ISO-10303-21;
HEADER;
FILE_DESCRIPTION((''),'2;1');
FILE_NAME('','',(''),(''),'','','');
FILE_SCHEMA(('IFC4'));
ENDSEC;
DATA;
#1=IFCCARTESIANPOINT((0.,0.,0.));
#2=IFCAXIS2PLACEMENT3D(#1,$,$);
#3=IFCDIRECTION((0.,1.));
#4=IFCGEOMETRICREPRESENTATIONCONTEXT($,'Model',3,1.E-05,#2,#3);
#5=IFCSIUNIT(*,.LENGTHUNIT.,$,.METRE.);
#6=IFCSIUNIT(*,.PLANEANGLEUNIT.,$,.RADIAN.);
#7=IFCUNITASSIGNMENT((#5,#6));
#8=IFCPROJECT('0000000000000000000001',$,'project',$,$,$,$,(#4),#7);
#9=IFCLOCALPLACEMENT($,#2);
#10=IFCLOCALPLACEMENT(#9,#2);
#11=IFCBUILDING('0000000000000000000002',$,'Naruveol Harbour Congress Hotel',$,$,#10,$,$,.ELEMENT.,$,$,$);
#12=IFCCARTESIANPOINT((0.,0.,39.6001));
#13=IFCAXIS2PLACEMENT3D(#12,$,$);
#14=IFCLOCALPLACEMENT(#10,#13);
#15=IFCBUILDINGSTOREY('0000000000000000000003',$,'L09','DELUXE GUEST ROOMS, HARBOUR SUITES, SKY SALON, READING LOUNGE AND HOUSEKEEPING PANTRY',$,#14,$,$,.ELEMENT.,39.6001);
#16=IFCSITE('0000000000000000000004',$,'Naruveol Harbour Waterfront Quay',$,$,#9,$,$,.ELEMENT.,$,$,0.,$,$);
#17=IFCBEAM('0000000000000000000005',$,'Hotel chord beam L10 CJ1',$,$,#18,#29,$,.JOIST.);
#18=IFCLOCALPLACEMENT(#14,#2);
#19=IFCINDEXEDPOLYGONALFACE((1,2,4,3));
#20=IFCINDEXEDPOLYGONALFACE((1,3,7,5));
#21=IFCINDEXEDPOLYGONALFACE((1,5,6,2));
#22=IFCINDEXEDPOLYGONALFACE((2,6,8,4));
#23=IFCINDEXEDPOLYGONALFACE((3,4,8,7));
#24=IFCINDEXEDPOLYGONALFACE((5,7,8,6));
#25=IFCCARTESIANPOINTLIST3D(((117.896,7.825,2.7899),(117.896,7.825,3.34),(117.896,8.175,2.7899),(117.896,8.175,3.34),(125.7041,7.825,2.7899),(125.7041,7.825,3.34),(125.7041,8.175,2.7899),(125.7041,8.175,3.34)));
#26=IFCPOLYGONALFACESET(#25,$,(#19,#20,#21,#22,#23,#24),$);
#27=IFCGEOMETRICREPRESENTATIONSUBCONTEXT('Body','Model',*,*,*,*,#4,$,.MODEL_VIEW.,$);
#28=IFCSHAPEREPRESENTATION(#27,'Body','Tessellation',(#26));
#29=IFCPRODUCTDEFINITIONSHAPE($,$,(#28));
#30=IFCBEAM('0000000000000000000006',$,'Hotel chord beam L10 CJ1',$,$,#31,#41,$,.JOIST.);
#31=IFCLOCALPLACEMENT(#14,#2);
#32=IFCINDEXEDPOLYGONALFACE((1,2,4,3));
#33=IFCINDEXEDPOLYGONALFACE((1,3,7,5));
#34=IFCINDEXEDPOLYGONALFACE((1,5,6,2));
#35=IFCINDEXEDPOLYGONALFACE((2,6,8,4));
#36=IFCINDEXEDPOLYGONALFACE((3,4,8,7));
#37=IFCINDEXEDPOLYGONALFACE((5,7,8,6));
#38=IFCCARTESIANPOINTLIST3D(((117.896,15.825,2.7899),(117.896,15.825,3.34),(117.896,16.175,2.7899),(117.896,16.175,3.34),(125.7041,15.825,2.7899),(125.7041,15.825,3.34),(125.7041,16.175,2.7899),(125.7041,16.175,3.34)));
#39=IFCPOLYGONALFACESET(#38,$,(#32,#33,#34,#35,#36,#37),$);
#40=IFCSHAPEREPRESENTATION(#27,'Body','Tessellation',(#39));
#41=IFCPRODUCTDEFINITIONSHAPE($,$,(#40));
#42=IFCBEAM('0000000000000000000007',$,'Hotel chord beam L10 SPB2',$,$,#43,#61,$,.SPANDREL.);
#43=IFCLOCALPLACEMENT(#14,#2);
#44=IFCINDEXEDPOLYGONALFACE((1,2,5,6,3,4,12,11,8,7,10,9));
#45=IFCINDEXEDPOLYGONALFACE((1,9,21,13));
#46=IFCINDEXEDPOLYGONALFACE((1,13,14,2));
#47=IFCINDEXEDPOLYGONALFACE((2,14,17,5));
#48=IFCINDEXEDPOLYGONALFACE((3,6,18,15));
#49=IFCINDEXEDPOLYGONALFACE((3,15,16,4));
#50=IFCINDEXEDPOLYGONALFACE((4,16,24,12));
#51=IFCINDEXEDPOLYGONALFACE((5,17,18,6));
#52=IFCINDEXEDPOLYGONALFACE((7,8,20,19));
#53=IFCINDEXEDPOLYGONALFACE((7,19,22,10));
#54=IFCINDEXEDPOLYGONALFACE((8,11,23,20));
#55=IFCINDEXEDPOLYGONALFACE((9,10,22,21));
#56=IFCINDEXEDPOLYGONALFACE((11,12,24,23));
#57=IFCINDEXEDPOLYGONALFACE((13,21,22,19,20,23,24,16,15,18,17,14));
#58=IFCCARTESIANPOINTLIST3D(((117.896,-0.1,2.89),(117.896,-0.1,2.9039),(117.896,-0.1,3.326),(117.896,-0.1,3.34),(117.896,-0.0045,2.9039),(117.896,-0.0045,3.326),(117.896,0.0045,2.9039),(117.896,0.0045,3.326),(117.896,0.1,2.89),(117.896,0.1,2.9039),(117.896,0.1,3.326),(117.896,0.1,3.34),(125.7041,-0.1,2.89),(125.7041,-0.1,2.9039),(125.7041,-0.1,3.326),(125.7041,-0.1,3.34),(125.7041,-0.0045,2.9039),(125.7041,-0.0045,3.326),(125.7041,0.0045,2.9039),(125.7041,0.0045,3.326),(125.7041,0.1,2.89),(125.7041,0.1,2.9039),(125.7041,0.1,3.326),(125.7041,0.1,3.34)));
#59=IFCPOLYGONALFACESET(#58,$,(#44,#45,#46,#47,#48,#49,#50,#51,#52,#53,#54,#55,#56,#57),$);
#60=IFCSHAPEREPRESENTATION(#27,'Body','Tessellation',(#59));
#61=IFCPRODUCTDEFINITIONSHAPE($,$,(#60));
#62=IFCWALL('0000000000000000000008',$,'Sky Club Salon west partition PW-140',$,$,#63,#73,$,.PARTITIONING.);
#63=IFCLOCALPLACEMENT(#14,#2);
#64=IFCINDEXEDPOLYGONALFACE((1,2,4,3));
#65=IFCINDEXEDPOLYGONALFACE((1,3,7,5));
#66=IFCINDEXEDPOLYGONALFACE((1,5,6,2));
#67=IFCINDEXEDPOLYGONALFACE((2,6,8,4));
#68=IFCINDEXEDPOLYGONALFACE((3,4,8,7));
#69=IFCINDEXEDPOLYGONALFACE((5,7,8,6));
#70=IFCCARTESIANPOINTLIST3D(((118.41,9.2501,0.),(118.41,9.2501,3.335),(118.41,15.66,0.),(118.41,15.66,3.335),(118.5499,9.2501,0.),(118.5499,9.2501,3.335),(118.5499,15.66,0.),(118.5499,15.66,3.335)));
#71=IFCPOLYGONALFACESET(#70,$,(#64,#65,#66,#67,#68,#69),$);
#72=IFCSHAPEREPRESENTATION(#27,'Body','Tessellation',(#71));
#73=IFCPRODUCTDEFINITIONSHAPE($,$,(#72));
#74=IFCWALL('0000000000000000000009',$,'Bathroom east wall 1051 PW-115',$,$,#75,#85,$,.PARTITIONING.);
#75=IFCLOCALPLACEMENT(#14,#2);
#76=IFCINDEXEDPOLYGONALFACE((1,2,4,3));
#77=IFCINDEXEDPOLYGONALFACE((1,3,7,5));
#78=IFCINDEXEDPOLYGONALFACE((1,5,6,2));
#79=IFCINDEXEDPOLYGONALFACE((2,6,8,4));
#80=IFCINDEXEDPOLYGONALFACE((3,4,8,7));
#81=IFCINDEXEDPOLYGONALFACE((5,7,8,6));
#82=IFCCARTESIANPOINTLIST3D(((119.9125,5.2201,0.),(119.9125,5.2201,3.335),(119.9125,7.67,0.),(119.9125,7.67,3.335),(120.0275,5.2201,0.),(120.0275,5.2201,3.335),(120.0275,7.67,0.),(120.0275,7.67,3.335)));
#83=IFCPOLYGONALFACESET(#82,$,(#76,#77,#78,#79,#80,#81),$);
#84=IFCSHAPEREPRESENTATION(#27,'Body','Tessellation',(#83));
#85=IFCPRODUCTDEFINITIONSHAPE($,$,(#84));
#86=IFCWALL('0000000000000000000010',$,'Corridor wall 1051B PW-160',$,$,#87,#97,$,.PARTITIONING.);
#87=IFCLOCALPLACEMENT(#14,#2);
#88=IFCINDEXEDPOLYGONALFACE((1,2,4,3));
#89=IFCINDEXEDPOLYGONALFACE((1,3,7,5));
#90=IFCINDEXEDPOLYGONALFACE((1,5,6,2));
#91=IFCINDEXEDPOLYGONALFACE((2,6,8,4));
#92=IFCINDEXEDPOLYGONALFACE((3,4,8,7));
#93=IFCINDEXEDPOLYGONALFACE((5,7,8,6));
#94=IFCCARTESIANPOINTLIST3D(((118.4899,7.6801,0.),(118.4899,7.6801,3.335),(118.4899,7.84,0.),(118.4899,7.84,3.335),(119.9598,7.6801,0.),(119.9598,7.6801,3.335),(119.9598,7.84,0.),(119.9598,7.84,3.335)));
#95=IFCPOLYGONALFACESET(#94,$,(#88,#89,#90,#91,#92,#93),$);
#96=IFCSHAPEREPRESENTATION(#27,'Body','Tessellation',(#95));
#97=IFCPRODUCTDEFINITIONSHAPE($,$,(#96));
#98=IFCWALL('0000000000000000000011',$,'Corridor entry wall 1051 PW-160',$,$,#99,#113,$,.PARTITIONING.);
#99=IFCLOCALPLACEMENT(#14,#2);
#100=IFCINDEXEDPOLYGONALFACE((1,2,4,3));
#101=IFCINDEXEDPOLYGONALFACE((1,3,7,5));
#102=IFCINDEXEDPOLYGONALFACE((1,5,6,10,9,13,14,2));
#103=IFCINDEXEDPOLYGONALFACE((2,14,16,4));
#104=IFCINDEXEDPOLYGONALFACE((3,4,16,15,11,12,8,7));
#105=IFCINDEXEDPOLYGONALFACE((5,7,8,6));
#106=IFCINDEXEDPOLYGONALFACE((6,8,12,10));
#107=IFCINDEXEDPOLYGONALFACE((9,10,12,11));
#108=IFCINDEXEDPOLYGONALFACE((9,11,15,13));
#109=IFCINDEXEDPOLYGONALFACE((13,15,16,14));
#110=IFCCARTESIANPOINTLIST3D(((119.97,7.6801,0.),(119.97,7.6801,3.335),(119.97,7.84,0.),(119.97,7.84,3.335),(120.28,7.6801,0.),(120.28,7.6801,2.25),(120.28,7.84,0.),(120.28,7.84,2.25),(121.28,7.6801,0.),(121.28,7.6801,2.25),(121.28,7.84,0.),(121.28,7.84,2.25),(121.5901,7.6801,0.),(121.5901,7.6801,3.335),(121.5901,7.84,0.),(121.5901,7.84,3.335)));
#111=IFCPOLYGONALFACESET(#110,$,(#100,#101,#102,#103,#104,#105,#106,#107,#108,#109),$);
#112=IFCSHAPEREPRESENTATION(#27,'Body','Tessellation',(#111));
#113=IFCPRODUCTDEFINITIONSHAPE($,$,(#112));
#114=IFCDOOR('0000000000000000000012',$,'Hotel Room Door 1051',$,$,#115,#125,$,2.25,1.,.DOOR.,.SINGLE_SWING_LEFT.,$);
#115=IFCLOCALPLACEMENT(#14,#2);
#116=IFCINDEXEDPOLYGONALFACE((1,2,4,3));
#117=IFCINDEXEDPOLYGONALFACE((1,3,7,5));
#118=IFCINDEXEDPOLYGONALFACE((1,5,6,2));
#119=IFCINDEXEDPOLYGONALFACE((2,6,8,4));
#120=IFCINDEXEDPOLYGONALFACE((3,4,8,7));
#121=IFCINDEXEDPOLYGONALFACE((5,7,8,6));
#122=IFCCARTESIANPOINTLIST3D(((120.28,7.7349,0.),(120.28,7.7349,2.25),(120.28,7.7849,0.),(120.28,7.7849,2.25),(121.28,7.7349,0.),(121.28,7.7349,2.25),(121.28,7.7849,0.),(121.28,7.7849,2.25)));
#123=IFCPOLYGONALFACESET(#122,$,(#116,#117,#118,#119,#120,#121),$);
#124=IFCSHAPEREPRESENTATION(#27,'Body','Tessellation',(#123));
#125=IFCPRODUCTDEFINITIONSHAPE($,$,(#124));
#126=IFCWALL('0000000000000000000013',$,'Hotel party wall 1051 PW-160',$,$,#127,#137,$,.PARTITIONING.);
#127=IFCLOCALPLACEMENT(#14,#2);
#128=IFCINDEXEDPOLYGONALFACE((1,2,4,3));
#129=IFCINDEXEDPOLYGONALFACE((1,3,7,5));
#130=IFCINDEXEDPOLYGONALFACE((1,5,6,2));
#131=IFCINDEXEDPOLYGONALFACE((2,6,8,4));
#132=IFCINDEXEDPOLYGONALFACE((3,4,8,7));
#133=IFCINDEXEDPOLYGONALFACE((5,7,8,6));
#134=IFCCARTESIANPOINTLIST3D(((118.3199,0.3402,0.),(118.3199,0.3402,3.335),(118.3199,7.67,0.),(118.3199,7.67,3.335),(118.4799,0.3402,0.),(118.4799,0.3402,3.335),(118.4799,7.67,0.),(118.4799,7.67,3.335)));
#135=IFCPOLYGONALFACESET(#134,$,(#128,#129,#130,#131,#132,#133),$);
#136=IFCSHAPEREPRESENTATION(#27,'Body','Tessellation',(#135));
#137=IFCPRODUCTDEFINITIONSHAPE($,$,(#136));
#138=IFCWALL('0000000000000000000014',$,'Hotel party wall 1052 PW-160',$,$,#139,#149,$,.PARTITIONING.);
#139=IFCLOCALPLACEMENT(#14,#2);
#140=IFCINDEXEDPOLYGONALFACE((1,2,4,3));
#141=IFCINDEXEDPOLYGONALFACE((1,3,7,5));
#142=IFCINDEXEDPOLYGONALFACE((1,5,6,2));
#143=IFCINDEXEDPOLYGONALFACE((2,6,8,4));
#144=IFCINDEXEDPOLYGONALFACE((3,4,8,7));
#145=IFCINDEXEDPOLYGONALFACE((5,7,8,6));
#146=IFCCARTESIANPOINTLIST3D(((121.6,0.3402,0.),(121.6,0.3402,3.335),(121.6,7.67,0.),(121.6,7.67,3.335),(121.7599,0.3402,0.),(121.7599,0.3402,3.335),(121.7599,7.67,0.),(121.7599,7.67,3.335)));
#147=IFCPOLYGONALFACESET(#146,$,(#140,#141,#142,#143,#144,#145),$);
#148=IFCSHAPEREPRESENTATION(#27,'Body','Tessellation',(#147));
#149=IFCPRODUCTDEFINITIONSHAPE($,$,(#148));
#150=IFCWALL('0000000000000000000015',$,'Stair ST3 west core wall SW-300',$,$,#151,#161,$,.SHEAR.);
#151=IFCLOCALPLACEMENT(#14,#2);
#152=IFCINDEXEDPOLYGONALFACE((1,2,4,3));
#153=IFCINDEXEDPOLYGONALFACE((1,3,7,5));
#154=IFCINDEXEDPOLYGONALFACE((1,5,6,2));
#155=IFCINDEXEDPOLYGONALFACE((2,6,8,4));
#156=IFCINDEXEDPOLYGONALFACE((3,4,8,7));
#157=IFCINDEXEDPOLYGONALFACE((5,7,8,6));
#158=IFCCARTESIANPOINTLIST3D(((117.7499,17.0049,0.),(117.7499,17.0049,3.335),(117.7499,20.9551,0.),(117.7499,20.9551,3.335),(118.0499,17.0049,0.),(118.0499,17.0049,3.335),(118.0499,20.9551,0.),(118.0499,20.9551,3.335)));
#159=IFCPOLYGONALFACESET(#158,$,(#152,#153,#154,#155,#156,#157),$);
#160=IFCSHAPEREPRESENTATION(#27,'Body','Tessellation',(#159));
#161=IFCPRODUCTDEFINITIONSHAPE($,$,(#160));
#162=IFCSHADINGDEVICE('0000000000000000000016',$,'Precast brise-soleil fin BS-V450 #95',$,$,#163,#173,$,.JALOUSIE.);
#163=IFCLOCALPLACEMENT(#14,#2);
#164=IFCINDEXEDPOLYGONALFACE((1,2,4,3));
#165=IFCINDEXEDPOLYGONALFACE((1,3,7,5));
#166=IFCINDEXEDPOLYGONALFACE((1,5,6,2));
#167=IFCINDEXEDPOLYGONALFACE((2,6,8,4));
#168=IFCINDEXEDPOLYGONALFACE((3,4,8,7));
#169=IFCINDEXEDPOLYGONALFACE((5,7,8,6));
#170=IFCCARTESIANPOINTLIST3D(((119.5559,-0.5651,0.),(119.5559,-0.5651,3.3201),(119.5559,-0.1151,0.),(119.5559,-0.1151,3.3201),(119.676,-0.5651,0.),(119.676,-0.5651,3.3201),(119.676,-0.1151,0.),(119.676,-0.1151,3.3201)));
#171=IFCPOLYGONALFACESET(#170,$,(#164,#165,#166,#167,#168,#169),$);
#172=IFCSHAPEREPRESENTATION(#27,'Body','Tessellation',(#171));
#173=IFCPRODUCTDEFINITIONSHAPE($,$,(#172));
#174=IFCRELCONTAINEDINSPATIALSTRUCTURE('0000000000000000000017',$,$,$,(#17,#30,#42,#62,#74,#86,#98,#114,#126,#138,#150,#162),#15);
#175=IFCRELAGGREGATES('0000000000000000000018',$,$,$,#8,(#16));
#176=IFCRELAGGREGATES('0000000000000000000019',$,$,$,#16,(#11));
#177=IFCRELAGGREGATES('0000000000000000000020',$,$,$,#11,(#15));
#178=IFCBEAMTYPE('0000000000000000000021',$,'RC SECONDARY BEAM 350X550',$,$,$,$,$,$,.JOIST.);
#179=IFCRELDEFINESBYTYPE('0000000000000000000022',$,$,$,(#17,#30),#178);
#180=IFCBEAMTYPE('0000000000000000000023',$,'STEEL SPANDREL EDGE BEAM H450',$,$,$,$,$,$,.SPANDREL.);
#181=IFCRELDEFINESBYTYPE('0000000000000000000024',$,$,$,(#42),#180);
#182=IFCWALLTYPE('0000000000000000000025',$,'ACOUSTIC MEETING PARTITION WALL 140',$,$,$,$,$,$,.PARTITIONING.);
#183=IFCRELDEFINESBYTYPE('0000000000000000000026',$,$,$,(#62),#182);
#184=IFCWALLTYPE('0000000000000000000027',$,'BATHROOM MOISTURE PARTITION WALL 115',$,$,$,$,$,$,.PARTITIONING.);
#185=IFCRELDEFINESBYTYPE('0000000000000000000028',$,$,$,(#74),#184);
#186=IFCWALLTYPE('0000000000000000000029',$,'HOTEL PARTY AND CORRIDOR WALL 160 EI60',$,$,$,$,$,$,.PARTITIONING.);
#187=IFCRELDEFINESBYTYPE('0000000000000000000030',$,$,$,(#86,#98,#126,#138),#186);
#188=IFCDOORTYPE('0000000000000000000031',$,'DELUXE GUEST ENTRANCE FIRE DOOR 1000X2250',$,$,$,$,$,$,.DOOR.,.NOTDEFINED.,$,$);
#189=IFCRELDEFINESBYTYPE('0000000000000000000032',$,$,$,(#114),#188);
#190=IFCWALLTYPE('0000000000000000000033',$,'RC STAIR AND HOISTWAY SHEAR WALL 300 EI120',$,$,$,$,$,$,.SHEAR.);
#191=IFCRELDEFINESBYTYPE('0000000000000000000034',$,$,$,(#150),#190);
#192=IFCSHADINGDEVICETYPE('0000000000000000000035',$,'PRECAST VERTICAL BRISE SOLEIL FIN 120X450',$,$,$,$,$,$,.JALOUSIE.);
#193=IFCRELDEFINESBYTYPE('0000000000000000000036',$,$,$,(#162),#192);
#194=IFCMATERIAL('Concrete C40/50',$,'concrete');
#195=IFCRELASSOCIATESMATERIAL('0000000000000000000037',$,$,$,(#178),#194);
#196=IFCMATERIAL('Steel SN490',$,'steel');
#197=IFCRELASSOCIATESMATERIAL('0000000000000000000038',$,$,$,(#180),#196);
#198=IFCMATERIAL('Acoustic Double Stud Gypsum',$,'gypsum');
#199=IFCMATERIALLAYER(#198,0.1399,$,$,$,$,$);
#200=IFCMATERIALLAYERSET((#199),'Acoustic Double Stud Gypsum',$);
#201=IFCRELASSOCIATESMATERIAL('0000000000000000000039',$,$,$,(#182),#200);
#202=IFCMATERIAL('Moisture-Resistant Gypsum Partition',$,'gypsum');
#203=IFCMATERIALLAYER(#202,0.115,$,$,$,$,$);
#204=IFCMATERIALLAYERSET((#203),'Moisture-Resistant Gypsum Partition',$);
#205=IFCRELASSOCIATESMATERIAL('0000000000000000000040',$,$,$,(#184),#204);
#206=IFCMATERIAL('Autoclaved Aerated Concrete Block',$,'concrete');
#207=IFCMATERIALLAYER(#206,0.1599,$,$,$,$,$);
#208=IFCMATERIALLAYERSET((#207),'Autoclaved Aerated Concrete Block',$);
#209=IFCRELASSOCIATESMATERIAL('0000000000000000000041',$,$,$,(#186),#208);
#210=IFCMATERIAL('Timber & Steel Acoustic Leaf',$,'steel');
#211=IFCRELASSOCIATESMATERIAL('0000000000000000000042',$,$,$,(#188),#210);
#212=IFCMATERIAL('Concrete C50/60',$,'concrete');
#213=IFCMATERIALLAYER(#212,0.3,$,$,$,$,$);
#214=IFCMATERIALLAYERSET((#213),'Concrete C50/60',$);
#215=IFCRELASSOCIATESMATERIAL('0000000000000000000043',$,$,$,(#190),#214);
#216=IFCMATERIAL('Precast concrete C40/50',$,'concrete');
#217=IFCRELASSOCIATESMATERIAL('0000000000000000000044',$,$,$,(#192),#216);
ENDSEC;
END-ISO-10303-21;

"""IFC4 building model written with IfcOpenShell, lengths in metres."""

from ifc_helpers import new_model, si_unit, direction, frame, frame_2d, origin, origin_2d, place, context, subcontext, project, spatial, rectangle, i_section, extrude, material, layer, layer_set, material_profile, profile_set, type_object, element, fill, save


model = new_model("IFC4")

# Units and contexts
model_context = context("Model", 3, precision=1e-05, world=origin(), true_north=direction((0.0, 1.0)))
body_context = subcontext(model_context, "Body", "Model", "MODEL_VIEW")
ifc_project = project(units=[si_unit("LENGTHUNIT", "METRE"), si_unit("PLANEANGLEUNIT", "RADIAN")], contexts=[model_context])

# Site, building, storey
site_placement = place(None, origin())
site = spatial("IfcSite", under=ifc_project, at=site_placement, Name="Naruveol Harbour Waterfront Quay", CompositionType="ELEMENT", RefElevation=0.0)
building_placement = place(site_placement, origin())
building = spatial("IfcBuilding", under=site, at=building_placement, Name="Naruveol Harbour Congress Hotel", CompositionType="ELEMENT")
storey_placement = place(building_placement, frame((0.0, 0.0, 39.6001)))
storey = spatial("IfcBuildingStorey", under=building, at=storey_placement, Name="L09", Description="DELUXE GUEST ROOMS, HARBOUR SUITES, SKY SALON, READING LOUNGE AND HOUSEKEEPING PANTRY", CompositionType="ELEMENT", Elevation=39.6001)

# Beams
ifc_material_1 = material(Name="Concrete C40/50", Category="concrete")
ifc_material_profile_1 = material_profile(ifc_material_1, rectangle(XDim=0.3501, YDim=0.55, at=origin_2d()), Name="RCB-350x550")
ifc_profile_set_1 = profile_set([ifc_material_profile_1], Name="Concrete C40/50")
beam_type_1 = type_object("IfcBeamType", Name="RC SECONDARY BEAM 350X550", PredefinedType="JOIST", material=ifc_profile_set_1)
for number, where, z_axis, x_axis, name in (
    (1, (117.896, 8.0, 3.0649), (1.0, 0.0, 0.0), (0.0, 1.0, 0.0), "Hotel chord beam L10 CJ1"),
    (2, (117.896, 16.0, 3.0649), (1.0, 0.0, 0.0), (0.0, 1.0, 0.0), "Hotel chord beam L10 CJ1"),
):
    element("IfcBeam", number, at=place(storey_placement, frame(where, z_axis=z_axis, x_axis=x_axis)), inside=storey, type_object=beam_type_1, Name=name, PredefinedType="JOIST", context=body_context, shape_type="SweptSolid", body=[
        extrude(rectangle(XDim=0.3501, YDim=0.55, at=origin_2d()), origin(), (0.0, 0.0, 1.0), 7.8081),
    ])
ifc_material_2 = material(Name="Steel SN490", Category="steel")
ifc_material_profile_2 = material_profile(ifc_material_2, i_section(OverallWidth=0.2, OverallDepth=0.45, WebThickness=0.009, FlangeThickness=0.0139, at=origin_2d()), Name="H-450x200x9x14")
ifc_profile_set_2 = profile_set([ifc_material_profile_2], Name="Steel SN490")
beam_type_2 = type_object("IfcBeamType", Name="STEEL SPANDREL EDGE BEAM H450", PredefinedType="SPANDREL", material=ifc_profile_set_2)
beam_placement = place(storey_placement, frame((117.896, 0.0, 3.115), z_axis=(1.0, 0.0, 0.0), x_axis=(0.0, 1.0, 0.0)))
element("IfcBeam", 3, at=beam_placement, inside=storey, type_object=beam_type_2, Name="Hotel chord beam L10 SPB2", PredefinedType="SPANDREL", context=body_context, shape_type="SweptSolid", body=[
    extrude(i_section(OverallWidth=0.2, OverallDepth=0.45, WebThickness=0.009, FlangeThickness=0.0139, at=origin_2d()), origin(), (0.0, 0.0, 1.0), 7.8081),
])

# Shared definitions
ifc_material_3 = material(Name="Acoustic Double Stud Gypsum", Category="gypsum")
ifc_layer_1 = layer(ifc_material_3, 0.1399)
ifc_layer_set_1 = layer_set([ifc_layer_1], Name="Acoustic Double Stud Gypsum")
wall_type_1 = type_object("IfcWallType", Name="ACOUSTIC MEETING PARTITION WALL 140", PredefinedType="PARTITIONING", material=ifc_layer_set_1)

# Walls
wall_1_placement = place(storey_placement, frame((118.48, 9.25, 0.0), z_axis=(0.0, 0.0, 1.0), x_axis=(0.0, 1.0, 0.0)))
element("IfcWall", 4, at=wall_1_placement, inside=storey, type_object=wall_type_1, Name="Sky Club Salon west partition PW-140", PredefinedType="PARTITIONING", context=body_context, shape_type="SweptSolid", body=[
    extrude(rectangle(XDim=6.4099, YDim=0.1399, at=frame_2d((3.2051, 0.0))), origin(), (0.0, 0.0, 1.0), 3.335),
])
ifc_material_4 = material(Name="Moisture-Resistant Gypsum Partition", Category="gypsum")
ifc_layer_2 = layer(ifc_material_4, 0.115)
ifc_layer_set_2 = layer_set([ifc_layer_2], Name="Moisture-Resistant Gypsum Partition")
wall_type_2 = type_object("IfcWallType", Name="BATHROOM MOISTURE PARTITION WALL 115", PredefinedType="PARTITIONING", material=ifc_layer_set_2)
wall_2_placement = place(storey_placement, frame((119.97, 5.22, 0.0), z_axis=(0.0, 0.0, 1.0), x_axis=(0.0, 1.0, 0.0)))
element("IfcWall", 5, at=wall_2_placement, inside=storey, type_object=wall_type_2, Name="Bathroom east wall 1051 PW-115", PredefinedType="PARTITIONING", context=body_context, shape_type="SweptSolid", body=[
    extrude(rectangle(XDim=2.45, YDim=0.115, at=frame_2d((1.2251, 0.0))), origin(), (0.0, 0.0, 1.0), 3.335),
])

# Wall
ifc_material_5 = material(Name="Autoclaved Aerated Concrete Block", Category="concrete")
ifc_layer_3 = layer(ifc_material_5, 0.1599)
ifc_layer_set_3 = layer_set([ifc_layer_3], Name="Autoclaved Aerated Concrete Block")
wall_type_3 = type_object("IfcWallType", Name="HOTEL PARTY AND CORRIDOR WALL 160 EI60", PredefinedType="PARTITIONING", material=ifc_layer_set_3)
wall_3_placement = place(storey_placement, frame((118.49, 7.76, 0.0), z_axis=(0.0, 0.0, 1.0), x_axis=(1.0, 0.0, 0.0)))
element("IfcWall", 6, at=wall_3_placement, inside=storey, type_object=wall_type_3, Name="Corridor wall 1051B PW-160", PredefinedType="PARTITIONING", context=body_context, shape_type="SweptSolid", body=[
    extrude(rectangle(XDim=1.47, YDim=0.1599, at=frame_2d((0.7349, 0.0))), origin(), (0.0, 0.0, 1.0), 3.335),
])

# Wall, opening, door
wall_4_placement = place(storey_placement, frame((119.97, 7.76, 0.0), z_axis=(0.0, 0.0, 1.0), x_axis=(1.0, 0.0, 0.0)))
wall_4 = element("IfcWall", 7, at=wall_4_placement, inside=storey, type_object=wall_type_3, Name="Corridor entry wall 1051 PW-160", PredefinedType="PARTITIONING", context=body_context, shape_type="SweptSolid", body=[
    extrude(rectangle(XDim=1.6201, YDim=0.1599, at=frame_2d((0.8101, 0.0))), origin(), (0.0, 0.0, 1.0), 3.335),
])
opening_1_placement = place(wall_4_placement, frame((0.3101, 0.0, 0.0)))
opening_1 = element("IfcOpeningElement", 8, at=opening_1_placement, cuts=wall_4, PredefinedType="OPENING", context=body_context, shape_type="SweptSolid", body=[
    extrude(rectangle(XDim=1.0, YDim=2.25, at=frame_2d((0.5, 1.125))), frame((0.0, 0.0898, 0.0), z_axis=(0.0, -1.0, 0.0), x_axis=(1.0, 0.0, 0.0)), (0.0, 0.0, 1.0), 0.1799),
])
ifc_material_6 = material(Name="Timber & Steel Acoustic Leaf", Category="steel")
door_type_1 = type_object("IfcDoorType", Name="DELUXE GUEST ENTRANCE FIRE DOOR 1000X2250", OperationType="NOTDEFINED", PredefinedType="DOOR", material=ifc_material_6)
door_1_placement = place(opening_1_placement, origin())
door_1 = element("IfcDoor", 9, at=door_1_placement, inside=storey, type_object=door_type_1, Name="Hotel Room Door 1051", OperationType="SINGLE_SWING_LEFT", OverallHeight=2.25, OverallWidth=1.0, PredefinedType="DOOR", context=body_context, shape_type="SweptSolid", body=[
    extrude(rectangle(XDim=1.0, YDim=2.25, at=frame_2d((0.5, 1.125))), frame((0.0, 0.0249, 0.0), z_axis=(0.0, -1.0, 0.0), x_axis=(1.0, 0.0, 0.0)), (0.0, 0.0, 1.0), 0.05),
])
fill(opening_1, door_1)

# Walls
for number, where, z_axis, x_axis, name in (
    (10, (118.3999, 0.3401, 0.0), (0.0, 0.0, 1.0), (0.0, 1.0, 0.0), "Hotel party wall 1051 PW-160"),
    (11, (121.6799, 0.3401, 0.0), (0.0, 0.0, 1.0), (0.0, 1.0, 0.0), "Hotel party wall 1052 PW-160"),
):
    element("IfcWall", number, at=place(storey_placement, frame(where, z_axis=z_axis, x_axis=x_axis)), inside=storey, type_object=wall_type_3, Name=name, PredefinedType="PARTITIONING", context=body_context, shape_type="SweptSolid", body=[
        extrude(rectangle(XDim=7.3298, YDim=0.1599, at=frame_2d((3.665, 0.0))), origin(), (0.0, 0.0, 1.0), 3.335),
    ])
ifc_material_7 = material(Name="Concrete C50/60", Category="concrete")
ifc_layer_4 = layer(ifc_material_7, 0.3)
ifc_layer_set_4 = layer_set([ifc_layer_4], Name="Concrete C50/60")
wall_type_4 = type_object("IfcWallType", Name="RC STAIR AND HOISTWAY SHEAR WALL 300 EI120", PredefinedType="SHEAR", material=ifc_layer_set_4)
wall_5_placement = place(storey_placement, frame((117.8999, 17.0049, 0.0), z_axis=(0.0, 0.0, 1.0), x_axis=(0.0, 1.0, 0.0)))
element("IfcWall", 12, at=wall_5_placement, inside=storey, type_object=wall_type_4, Name="Stair ST3 west core wall SW-300", PredefinedType="SHEAR", context=body_context, shape_type="SweptSolid", body=[
    extrude(rectangle(XDim=3.9502, YDim=0.3, at=frame_2d((1.9751, 0.0))), origin(), (0.0, 0.0, 1.0), 3.335),
])

# Shading device
ifc_material_8 = material(Name="Precast concrete C40/50", Category="concrete")
shading_device_type = type_object("IfcShadingDeviceType", Name="PRECAST VERTICAL BRISE SOLEIL FIN 120X450", PredefinedType="JALOUSIE", material=ifc_material_8)
shading_device_placement = place(storey_placement, frame((119.616, -0.3401, 0.0), z_axis=(0.0, 0.0, 1.0), x_axis=(-1.0, 0.0, 0.0)))
element("IfcShadingDevice", 13, at=shading_device_placement, inside=storey, type_object=shading_device_type, Name="Precast brise-soleil fin BS-V450 #95", PredefinedType="JALOUSIE", context=body_context, shape_type="SweptSolid", body=[
    extrude(rectangle(XDim=0.1201, YDim=0.45, at=origin_2d()), origin(), (0.0, 0.0, 1.0), 3.3201),
])

save(model, "model.ifc")
